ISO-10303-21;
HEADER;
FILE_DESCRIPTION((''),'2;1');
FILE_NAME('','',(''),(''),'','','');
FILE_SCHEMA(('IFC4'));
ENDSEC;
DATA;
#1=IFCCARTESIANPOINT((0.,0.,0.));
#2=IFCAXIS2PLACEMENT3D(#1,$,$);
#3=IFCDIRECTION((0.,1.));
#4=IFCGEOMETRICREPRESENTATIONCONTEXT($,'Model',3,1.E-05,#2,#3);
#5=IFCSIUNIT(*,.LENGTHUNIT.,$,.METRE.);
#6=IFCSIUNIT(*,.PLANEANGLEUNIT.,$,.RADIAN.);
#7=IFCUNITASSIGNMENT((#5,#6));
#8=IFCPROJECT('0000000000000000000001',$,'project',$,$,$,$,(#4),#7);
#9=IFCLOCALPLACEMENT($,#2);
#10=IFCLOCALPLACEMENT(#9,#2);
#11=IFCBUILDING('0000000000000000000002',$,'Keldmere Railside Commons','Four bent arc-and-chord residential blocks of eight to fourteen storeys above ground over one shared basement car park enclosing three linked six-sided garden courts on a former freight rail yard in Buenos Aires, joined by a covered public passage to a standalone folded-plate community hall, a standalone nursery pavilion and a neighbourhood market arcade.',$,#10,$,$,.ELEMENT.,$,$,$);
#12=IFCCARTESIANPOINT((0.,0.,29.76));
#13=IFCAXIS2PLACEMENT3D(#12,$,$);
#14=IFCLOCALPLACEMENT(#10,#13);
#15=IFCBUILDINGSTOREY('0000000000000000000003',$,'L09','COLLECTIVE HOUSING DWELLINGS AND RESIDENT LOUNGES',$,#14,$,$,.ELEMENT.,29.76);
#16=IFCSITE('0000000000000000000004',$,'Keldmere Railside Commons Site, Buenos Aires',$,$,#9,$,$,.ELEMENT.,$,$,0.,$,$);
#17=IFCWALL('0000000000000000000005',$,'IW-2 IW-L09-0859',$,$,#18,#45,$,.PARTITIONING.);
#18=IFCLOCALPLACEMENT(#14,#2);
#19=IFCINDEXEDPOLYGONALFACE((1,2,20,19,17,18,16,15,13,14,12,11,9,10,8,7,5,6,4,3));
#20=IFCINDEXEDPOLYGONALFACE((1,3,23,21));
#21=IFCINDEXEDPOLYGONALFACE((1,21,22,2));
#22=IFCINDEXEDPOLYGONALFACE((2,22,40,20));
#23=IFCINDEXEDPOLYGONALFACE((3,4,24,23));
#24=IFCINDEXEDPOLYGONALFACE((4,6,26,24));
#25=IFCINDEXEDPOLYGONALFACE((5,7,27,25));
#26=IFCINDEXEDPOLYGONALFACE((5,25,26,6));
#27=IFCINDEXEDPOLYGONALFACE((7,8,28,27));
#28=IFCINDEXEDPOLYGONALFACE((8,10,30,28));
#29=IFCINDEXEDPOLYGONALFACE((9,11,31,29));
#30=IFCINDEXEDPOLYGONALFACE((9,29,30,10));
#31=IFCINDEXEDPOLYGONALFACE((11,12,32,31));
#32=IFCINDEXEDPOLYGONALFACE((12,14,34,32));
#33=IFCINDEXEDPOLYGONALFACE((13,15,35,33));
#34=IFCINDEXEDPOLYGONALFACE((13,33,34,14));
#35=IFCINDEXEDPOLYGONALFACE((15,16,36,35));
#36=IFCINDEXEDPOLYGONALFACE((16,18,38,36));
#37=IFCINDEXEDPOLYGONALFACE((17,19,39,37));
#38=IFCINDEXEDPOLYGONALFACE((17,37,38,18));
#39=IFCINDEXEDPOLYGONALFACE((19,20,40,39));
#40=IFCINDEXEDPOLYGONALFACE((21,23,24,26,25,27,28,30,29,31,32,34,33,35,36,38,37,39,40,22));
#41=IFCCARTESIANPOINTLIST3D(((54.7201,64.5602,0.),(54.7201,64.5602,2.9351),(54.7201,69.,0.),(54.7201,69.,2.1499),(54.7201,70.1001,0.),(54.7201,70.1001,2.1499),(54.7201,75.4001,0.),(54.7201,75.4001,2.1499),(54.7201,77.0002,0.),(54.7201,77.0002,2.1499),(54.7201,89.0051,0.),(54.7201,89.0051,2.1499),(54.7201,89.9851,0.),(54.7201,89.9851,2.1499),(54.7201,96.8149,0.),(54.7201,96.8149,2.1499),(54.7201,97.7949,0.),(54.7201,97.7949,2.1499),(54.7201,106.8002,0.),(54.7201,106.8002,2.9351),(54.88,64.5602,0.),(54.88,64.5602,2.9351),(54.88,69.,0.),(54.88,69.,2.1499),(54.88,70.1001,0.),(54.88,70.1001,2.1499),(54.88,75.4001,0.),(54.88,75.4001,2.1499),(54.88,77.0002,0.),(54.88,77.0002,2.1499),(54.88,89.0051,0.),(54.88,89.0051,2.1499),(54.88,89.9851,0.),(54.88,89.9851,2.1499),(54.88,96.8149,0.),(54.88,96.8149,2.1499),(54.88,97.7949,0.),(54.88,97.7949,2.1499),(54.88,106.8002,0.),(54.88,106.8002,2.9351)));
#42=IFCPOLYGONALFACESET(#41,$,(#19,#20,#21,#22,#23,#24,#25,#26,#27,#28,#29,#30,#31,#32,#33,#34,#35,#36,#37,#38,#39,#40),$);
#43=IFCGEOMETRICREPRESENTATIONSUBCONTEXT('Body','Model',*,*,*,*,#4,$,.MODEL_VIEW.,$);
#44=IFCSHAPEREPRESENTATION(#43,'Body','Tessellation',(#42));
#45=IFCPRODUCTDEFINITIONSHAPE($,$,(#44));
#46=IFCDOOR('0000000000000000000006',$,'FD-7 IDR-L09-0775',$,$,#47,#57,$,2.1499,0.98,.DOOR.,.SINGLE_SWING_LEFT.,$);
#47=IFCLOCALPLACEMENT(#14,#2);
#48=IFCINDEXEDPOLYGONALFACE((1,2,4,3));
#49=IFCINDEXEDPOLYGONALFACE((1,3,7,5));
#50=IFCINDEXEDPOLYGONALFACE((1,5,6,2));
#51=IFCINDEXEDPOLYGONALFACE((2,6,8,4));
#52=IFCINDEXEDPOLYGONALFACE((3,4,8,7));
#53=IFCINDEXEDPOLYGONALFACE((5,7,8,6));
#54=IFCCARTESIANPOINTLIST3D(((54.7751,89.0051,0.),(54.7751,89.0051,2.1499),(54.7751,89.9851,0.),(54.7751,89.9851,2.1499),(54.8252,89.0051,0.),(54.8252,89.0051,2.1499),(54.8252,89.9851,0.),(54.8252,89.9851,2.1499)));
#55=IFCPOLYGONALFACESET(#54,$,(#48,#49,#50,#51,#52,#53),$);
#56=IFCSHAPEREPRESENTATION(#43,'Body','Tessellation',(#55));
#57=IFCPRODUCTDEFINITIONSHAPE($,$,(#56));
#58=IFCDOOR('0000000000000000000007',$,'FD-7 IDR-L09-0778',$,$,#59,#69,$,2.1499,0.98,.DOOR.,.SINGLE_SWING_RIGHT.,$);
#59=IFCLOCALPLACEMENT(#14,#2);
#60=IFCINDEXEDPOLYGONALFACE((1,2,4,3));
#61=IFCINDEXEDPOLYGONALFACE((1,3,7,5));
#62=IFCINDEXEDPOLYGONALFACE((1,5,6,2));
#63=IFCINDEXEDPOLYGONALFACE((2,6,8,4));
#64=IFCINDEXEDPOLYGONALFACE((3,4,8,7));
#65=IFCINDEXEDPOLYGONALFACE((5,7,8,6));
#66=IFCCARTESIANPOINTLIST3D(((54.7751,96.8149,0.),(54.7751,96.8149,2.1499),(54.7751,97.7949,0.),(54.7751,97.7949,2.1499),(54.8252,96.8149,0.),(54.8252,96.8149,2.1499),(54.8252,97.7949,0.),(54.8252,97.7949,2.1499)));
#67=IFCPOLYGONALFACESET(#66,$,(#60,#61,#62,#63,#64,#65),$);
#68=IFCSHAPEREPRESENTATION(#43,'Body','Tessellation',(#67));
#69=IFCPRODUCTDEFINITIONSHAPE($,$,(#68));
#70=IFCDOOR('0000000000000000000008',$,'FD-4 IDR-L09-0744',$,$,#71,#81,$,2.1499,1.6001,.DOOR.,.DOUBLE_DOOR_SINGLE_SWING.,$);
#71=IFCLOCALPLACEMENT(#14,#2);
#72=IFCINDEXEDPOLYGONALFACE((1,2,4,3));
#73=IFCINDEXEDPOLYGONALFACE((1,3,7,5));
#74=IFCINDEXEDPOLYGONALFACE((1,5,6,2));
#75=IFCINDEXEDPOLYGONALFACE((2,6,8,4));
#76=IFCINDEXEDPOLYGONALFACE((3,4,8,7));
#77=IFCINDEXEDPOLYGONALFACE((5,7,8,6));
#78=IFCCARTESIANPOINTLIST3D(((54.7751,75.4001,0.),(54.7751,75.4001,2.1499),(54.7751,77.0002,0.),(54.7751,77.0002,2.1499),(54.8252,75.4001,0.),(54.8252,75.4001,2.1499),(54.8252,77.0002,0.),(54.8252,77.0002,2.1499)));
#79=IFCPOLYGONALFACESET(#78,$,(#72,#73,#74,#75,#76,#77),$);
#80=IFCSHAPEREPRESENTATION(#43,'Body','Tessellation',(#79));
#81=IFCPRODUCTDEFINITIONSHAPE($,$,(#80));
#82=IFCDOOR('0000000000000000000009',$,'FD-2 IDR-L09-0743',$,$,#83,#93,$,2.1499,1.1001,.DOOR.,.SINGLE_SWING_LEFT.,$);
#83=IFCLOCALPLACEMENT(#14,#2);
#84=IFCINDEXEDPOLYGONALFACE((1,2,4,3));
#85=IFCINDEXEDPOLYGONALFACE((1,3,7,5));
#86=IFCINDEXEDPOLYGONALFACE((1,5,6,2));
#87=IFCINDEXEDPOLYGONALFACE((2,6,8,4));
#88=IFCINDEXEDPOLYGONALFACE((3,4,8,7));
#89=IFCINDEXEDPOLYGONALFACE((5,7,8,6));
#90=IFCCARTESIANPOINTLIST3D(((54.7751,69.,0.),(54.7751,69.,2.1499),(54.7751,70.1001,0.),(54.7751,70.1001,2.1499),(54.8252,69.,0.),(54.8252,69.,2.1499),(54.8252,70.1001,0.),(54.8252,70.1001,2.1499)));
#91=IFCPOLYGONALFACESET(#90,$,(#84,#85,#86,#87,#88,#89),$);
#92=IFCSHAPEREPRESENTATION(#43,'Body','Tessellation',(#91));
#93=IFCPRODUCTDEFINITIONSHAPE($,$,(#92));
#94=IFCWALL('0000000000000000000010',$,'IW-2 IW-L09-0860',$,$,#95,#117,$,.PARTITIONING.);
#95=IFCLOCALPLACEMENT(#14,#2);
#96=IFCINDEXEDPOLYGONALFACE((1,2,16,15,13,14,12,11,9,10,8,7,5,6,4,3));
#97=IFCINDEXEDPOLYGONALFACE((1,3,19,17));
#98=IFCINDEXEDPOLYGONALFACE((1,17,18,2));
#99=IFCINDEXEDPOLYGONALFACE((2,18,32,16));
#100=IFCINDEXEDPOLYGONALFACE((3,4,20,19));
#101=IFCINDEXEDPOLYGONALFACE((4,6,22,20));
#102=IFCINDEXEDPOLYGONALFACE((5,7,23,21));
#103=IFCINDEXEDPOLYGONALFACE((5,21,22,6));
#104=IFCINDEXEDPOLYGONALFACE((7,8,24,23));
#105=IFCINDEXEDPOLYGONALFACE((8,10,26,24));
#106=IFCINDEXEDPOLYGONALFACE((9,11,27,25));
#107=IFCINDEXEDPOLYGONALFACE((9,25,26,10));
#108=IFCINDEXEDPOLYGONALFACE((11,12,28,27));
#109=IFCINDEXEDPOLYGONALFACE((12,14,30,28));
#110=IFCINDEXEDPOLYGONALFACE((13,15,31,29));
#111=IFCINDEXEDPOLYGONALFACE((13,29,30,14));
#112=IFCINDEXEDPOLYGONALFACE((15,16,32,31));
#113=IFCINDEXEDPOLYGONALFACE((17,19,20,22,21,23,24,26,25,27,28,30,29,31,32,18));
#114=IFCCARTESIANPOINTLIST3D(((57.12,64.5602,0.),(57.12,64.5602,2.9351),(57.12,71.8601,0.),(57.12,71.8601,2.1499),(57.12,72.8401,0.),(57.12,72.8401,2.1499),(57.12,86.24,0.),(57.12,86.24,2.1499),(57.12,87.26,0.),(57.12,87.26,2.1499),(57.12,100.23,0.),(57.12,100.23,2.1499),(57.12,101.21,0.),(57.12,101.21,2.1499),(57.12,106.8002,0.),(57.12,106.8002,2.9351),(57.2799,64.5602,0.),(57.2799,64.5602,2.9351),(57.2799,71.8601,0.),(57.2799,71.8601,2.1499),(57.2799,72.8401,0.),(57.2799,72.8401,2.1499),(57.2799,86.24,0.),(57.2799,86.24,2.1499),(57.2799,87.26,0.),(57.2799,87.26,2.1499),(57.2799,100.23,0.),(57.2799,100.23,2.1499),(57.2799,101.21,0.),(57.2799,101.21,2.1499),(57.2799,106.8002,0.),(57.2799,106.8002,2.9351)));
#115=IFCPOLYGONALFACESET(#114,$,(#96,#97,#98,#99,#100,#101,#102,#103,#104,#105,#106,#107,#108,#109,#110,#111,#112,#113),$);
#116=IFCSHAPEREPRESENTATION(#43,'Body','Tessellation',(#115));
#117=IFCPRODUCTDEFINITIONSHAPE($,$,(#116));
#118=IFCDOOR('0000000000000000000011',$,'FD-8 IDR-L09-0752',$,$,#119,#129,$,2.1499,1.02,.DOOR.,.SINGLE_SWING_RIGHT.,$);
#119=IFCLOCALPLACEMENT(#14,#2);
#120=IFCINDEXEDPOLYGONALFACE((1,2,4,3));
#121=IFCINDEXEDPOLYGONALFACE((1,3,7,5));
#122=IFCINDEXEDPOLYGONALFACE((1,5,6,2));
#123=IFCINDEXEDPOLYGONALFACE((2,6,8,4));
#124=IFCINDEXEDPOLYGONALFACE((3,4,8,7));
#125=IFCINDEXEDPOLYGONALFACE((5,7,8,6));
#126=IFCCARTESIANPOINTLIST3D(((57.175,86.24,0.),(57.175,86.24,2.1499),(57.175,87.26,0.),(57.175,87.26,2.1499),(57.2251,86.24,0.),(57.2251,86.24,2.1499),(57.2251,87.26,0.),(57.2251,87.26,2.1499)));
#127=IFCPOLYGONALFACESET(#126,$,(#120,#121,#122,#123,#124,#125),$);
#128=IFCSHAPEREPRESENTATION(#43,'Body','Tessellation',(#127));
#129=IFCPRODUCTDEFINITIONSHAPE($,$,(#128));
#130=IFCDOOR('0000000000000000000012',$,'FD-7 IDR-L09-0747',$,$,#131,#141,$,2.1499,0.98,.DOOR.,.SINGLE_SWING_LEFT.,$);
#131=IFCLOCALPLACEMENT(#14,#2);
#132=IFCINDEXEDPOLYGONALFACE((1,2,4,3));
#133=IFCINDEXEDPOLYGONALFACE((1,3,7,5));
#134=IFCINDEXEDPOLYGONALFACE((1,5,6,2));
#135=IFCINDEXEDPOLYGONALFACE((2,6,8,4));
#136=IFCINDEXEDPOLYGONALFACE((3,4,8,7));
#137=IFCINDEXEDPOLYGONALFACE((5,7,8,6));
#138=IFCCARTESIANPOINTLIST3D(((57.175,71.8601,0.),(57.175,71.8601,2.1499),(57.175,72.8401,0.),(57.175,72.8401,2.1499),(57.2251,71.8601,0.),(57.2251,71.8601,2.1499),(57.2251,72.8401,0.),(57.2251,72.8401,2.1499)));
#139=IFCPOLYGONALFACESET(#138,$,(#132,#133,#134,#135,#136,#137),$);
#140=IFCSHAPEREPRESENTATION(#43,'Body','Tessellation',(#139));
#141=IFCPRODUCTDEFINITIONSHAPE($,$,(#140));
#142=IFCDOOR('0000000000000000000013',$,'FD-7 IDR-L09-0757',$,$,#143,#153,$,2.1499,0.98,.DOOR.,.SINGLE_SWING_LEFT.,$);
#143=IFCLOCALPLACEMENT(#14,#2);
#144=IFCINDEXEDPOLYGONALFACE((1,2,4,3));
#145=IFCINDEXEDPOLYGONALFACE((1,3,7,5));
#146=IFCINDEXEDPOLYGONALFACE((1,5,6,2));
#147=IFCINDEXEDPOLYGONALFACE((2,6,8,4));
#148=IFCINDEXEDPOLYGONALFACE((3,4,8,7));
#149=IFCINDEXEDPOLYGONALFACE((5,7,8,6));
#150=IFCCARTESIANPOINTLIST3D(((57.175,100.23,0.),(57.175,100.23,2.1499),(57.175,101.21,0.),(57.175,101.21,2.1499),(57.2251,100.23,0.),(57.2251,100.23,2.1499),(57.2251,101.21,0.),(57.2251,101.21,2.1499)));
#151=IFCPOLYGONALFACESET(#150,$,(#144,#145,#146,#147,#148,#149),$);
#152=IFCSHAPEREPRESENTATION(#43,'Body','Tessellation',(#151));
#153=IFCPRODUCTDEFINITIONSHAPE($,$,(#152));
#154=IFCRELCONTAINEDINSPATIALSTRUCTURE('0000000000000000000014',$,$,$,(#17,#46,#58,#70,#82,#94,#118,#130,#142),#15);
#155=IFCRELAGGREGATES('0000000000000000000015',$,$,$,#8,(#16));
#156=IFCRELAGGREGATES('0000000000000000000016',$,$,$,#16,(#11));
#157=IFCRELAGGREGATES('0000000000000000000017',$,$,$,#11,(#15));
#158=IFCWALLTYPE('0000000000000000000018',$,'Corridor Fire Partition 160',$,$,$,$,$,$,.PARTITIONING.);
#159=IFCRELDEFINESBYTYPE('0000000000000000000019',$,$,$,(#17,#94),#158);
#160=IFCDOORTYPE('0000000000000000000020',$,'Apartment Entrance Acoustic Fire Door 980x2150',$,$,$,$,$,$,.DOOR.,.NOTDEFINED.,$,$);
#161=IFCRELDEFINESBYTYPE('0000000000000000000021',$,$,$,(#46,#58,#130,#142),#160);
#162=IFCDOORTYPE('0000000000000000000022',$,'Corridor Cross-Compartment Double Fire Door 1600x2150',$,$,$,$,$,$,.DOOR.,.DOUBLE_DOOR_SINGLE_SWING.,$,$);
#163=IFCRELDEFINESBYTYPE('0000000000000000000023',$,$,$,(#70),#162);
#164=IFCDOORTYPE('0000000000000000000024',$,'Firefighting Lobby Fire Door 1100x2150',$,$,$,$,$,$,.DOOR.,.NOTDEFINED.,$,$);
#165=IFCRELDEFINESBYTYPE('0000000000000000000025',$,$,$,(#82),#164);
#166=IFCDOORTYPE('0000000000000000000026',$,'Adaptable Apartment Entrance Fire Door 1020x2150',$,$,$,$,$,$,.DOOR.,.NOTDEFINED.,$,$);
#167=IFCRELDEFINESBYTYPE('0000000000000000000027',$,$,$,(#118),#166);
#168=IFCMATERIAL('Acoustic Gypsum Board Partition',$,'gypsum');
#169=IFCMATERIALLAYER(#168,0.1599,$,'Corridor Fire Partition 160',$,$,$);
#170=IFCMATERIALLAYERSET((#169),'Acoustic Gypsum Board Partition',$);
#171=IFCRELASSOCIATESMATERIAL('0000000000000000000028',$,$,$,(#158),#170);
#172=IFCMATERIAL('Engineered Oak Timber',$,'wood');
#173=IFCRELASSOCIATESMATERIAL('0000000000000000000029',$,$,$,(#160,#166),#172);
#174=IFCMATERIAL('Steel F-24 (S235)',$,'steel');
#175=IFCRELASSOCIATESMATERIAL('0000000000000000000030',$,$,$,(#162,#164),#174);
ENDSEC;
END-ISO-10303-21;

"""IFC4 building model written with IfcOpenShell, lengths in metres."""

from ifc_helpers import new_model, si_unit, direction, frame, frame_2d, origin, place, context, subcontext, project, spatial, rectangle, extrude, material, layer, layer_set, type_object, element, fill, save


model = new_model("IFC4")

# Units and contexts
model_context = context("Model", 3, precision=1e-05, world=origin(), true_north=direction((0.0, 1.0)))
body_context = subcontext(model_context, "Body", "Model", "MODEL_VIEW")
ifc_project = project(units=[si_unit("LENGTHUNIT", "METRE"), si_unit("PLANEANGLEUNIT", "RADIAN")], contexts=[model_context])

# Site, building, storey
site_placement = place(None, origin())
site = spatial("IfcSite", under=ifc_project, at=site_placement, Name="Keldmere Railside Commons Site, Buenos Aires", CompositionType="ELEMENT", RefElevation=0.0)
building_placement = place(site_placement, origin())
building = spatial("IfcBuilding", under=site, at=building_placement, Name="Keldmere Railside Commons", Description="Four bent arc-and-chord residential blocks of eight to fourteen storeys above ground over one shared basement car park enclosing three linked six-sided garden courts on a former freight rail yard in Buenos Aires, joined by a covered public passage to a standalone folded-plate community hall, a standalone nursery pavilion and a neighbourhood market arcade.", CompositionType="ELEMENT")
storey_placement = place(building_placement, frame((0.0, 0.0, 29.76)))
storey = spatial("IfcBuildingStorey", under=building, at=storey_placement, Name="L09", Description="COLLECTIVE HOUSING DWELLINGS AND RESIDENT LOUNGES", CompositionType="ELEMENT", Elevation=29.76)

# Shared definitions
ifc_material_1 = material(Name="Acoustic Gypsum Board Partition", Category="gypsum")
ifc_material_2 = material(Name="Engineered Oak Timber", Category="wood")

# Walls, openings, doors
ifc_layer_1 = layer(ifc_material_1, 0.1599, Name="Corridor Fire Partition 160")
ifc_layer_set_1 = layer_set([ifc_layer_1], Name="Acoustic Gypsum Board Partition")
wall_type_1 = type_object("IfcWallType", Name="Corridor Fire Partition 160", PredefinedType="PARTITIONING", material=ifc_layer_set_1)
wall_1_placement = place(storey_placement, frame((54.8, 64.5601, 0.0), z_axis=(0.0, 0.0, 1.0), x_axis=(0.0, 1.0, 0.0)))
wall_1 = element("IfcWall", 1, at=wall_1_placement, inside=storey, type_object=wall_type_1, Name="IW-2 IW-L09-0859", PredefinedType="PARTITIONING", context=body_context, shape_type="SweptSolid", body=[
    extrude(rectangle(XDim=42.24, YDim=0.1599, at=frame_2d((21.1201, 0.0))), origin(), (0.0, 0.0, 1.0), 2.9351),
])
opening_1_placement = place(wall_1_placement, frame((4.4399, 0.0, 0.0)))
opening_1 = element("IfcOpeningElement", 2, at=opening_1_placement, cuts=wall_1, PredefinedType="OPENING", context=body_context, shape_type="SweptSolid", body=[
    extrude(rectangle(XDim=1.1001, YDim=2.1499, at=frame_2d((0.55, 1.075))), frame((0.0, 0.0898, 0.0), z_axis=(0.0, -1.0, 0.0), x_axis=(1.0, 0.0, 0.0)), (0.0, 0.0, 1.0), 0.1799),
])
opening_2_placement = place(wall_1_placement, frame((10.8401, 0.0, 0.0)))
opening_2 = element("IfcOpeningElement", 3, at=opening_2_placement, cuts=wall_1, PredefinedType="OPENING", context=body_context, shape_type="SweptSolid", body=[
    extrude(rectangle(XDim=1.6001, YDim=2.1499, at=frame_2d((0.8, 1.075))), frame((0.0, 0.0898, 0.0), z_axis=(0.0, -1.0, 0.0), x_axis=(1.0, 0.0, 0.0)), (0.0, 0.0, 1.0), 0.1799),
])
opening_3_placement = place(wall_1_placement, frame((24.4451, 0.0, 0.0)))
opening_3 = element("IfcOpeningElement", 4, at=opening_3_placement, cuts=wall_1, PredefinedType="OPENING", context=body_context, shape_type="SweptSolid", body=[
    extrude(rectangle(XDim=0.98, YDim=2.1499, at=frame_2d((0.49, 1.075))), frame((0.0, 0.0898, 0.0), z_axis=(0.0, -1.0, 0.0), x_axis=(1.0, 0.0, 0.0)), (0.0, 0.0, 1.0), 0.1799),
])
opening_4_placement = place(wall_1_placement, frame((32.2549, 0.0, 0.0)))
opening_4 = element("IfcOpeningElement", 5, at=opening_4_placement, cuts=wall_1, PredefinedType="OPENING", context=body_context, shape_type="SweptSolid", body=[
    extrude(rectangle(XDim=0.98, YDim=2.1499, at=frame_2d((0.49, 1.075))), frame((0.0, 0.0898, 0.0), z_axis=(0.0, -1.0, 0.0), x_axis=(1.0, 0.0, 0.0)), (0.0, 0.0, 1.0), 0.1799),
])
door_type_1 = type_object("IfcDoorType", Name="Apartment Entrance Acoustic Fire Door 980x2150", OperationType="NOTDEFINED", PredefinedType="DOOR", material=ifc_material_2)
door_1_placement = place(opening_3_placement, origin())
door_1 = element("IfcDoor", 6, at=door_1_placement, inside=storey, type_object=door_type_1, Name="FD-7 IDR-L09-0775", OperationType="SINGLE_SWING_LEFT", OverallHeight=2.1499, OverallWidth=0.98, PredefinedType="DOOR", context=body_context, shape_type="SweptSolid", body=[
    extrude(rectangle(XDim=0.98, YDim=2.1499, at=frame_2d((0.49, 1.075))), frame((0.0, 0.0249, 0.0), z_axis=(0.0, -1.0, 0.0), x_axis=(1.0, 0.0, 0.0)), (0.0, 0.0, 1.0), 0.05),
])
fill(opening_3, door_1)
door_2_placement = place(opening_4_placement, origin())
door_2 = element("IfcDoor", 7, at=door_2_placement, inside=storey, type_object=door_type_1, Name="FD-7 IDR-L09-0778", OperationType="SINGLE_SWING_RIGHT", OverallHeight=2.1499, OverallWidth=0.98, PredefinedType="DOOR", context=body_context, shape_type="SweptSolid", body=[
    extrude(rectangle(XDim=0.98, YDim=2.1499, at=frame_2d((0.49, 1.075))), frame((0.0, 0.0249, 0.0), z_axis=(0.0, -1.0, 0.0), x_axis=(1.0, 0.0, 0.0)), (0.0, 0.0, 1.0), 0.05),
])
fill(opening_4, door_2)
ifc_material_3 = material(Name="Steel F-24 (S235)", Category="steel")
door_type_2 = type_object("IfcDoorType", Name="Corridor Cross-Compartment Double Fire Door 1600x2150", OperationType="DOUBLE_DOOR_SINGLE_SWING", PredefinedType="DOOR", material=ifc_material_3)
door_3_placement = place(opening_2_placement, origin())
door_3 = element("IfcDoor", 8, at=door_3_placement, inside=storey, type_object=door_type_2, Name="FD-4 IDR-L09-0744", OperationType="DOUBLE_DOOR_SINGLE_SWING", OverallHeight=2.1499, OverallWidth=1.6001, PredefinedType="DOOR", context=body_context, shape_type="SweptSolid", body=[
    extrude(rectangle(XDim=1.6001, YDim=2.1499, at=frame_2d((0.8, 1.075))), frame((0.0, 0.0249, 0.0), z_axis=(0.0, -1.0, 0.0), x_axis=(1.0, 0.0, 0.0)), (0.0, 0.0, 1.0), 0.05),
])
fill(opening_2, door_3)
door_type_3 = type_object("IfcDoorType", Name="Firefighting Lobby Fire Door 1100x2150", OperationType="NOTDEFINED", PredefinedType="DOOR", material=ifc_material_3)
door_4_placement = place(opening_1_placement, origin())
door_4 = element("IfcDoor", 9, at=door_4_placement, inside=storey, type_object=door_type_3, Name="FD-2 IDR-L09-0743", OperationType="SINGLE_SWING_LEFT", OverallHeight=2.1499, OverallWidth=1.1001, PredefinedType="DOOR", context=body_context, shape_type="SweptSolid", body=[
    extrude(rectangle(XDim=1.1001, YDim=2.1499, at=frame_2d((0.55, 1.075))), frame((0.0, 0.0249, 0.0), z_axis=(0.0, -1.0, 0.0), x_axis=(1.0, 0.0, 0.0)), (0.0, 0.0, 1.0), 0.05),
])
fill(opening_1, door_4)
wall_2_placement = place(storey_placement, frame((57.2, 64.5601, 0.0), z_axis=(0.0, 0.0, 1.0), x_axis=(0.0, 1.0, 0.0)))
wall_2 = element("IfcWall", 10, at=wall_2_placement, inside=storey, type_object=wall_type_1, Name="IW-2 IW-L09-0860", PredefinedType="PARTITIONING", context=body_context, shape_type="SweptSolid", body=[
    extrude(rectangle(XDim=42.24, YDim=0.1599, at=frame_2d((21.1201, 0.0))), origin(), (0.0, 0.0, 1.0), 2.9351),
])
opening_5_placement = place(wall_2_placement, frame((7.3, 0.0, 0.0)))
opening_5 = element("IfcOpeningElement", 11, at=opening_5_placement, cuts=wall_2, PredefinedType="OPENING", context=body_context, shape_type="SweptSolid", body=[
    extrude(rectangle(XDim=0.98, YDim=2.1499, at=frame_2d((0.49, 1.075))), frame((0.0, 0.0898, 0.0), z_axis=(0.0, -1.0, 0.0), x_axis=(1.0, 0.0, 0.0)), (0.0, 0.0, 1.0), 0.1799),
])
opening_6_placement = place(wall_2_placement, frame((21.6799, 0.0, 0.0)))
opening_6 = element("IfcOpeningElement", 12, at=opening_6_placement, cuts=wall_2, PredefinedType="OPENING", context=body_context, shape_type="SweptSolid", body=[
    extrude(rectangle(XDim=1.02, YDim=2.1499, at=frame_2d((0.51, 1.075))), frame((0.0, 0.0898, 0.0), z_axis=(0.0, -1.0, 0.0), x_axis=(1.0, 0.0, 0.0)), (0.0, 0.0, 1.0), 0.1799),
])
opening_7_placement = place(wall_2_placement, frame((35.6699, 0.0, 0.0)))
opening_7 = element("IfcOpeningElement", 13, at=opening_7_placement, cuts=wall_2, PredefinedType="OPENING", context=body_context, shape_type="SweptSolid", body=[
    extrude(rectangle(XDim=0.98, YDim=2.1499, at=frame_2d((0.49, 1.075))), frame((0.0, 0.0898, 0.0), z_axis=(0.0, -1.0, 0.0), x_axis=(1.0, 0.0, 0.0)), (0.0, 0.0, 1.0), 0.1799),
])
door_type_4 = type_object("IfcDoorType", Name="Adaptable Apartment Entrance Fire Door 1020x2150", OperationType="NOTDEFINED", PredefinedType="DOOR", material=ifc_material_2)
door_5_placement = place(opening_6_placement, origin())
door_5 = element("IfcDoor", 14, at=door_5_placement, inside=storey, type_object=door_type_4, Name="FD-8 IDR-L09-0752", OperationType="SINGLE_SWING_RIGHT", OverallHeight=2.1499, OverallWidth=1.02, PredefinedType="DOOR", context=body_context, shape_type="SweptSolid", body=[
    extrude(rectangle(XDim=1.02, YDim=2.1499, at=frame_2d((0.51, 1.075))), frame((0.0, 0.0249, 0.0), z_axis=(0.0, -1.0, 0.0), x_axis=(1.0, 0.0, 0.0)), (0.0, 0.0, 1.0), 0.05),
])
fill(opening_6, door_5)
door_6_placement = place(opening_5_placement, origin())
door_6 = element("IfcDoor", 15, at=door_6_placement, inside=storey, type_object=door_type_1, Name="FD-7 IDR-L09-0747", OperationType="SINGLE_SWING_LEFT", OverallHeight=2.1499, OverallWidth=0.98, PredefinedType="DOOR", context=body_context, shape_type="SweptSolid", body=[
    extrude(rectangle(XDim=0.98, YDim=2.1499, at=frame_2d((0.49, 1.075))), frame((0.0, 0.0249, 0.0), z_axis=(0.0, -1.0, 0.0), x_axis=(1.0, 0.0, 0.0)), (0.0, 0.0, 1.0), 0.05),
])
fill(opening_5, door_6)
door_7_placement = place(opening_7_placement, origin())
door_7 = element("IfcDoor", 16, at=door_7_placement, inside=storey, type_object=door_type_1, Name="FD-7 IDR-L09-0757", OperationType="SINGLE_SWING_LEFT", OverallHeight=2.1499, OverallWidth=0.98, PredefinedType="DOOR", context=body_context, shape_type="SweptSolid", body=[
    extrude(rectangle(XDim=0.98, YDim=2.1499, at=frame_2d((0.49, 1.075))), frame((0.0, 0.0249, 0.0), z_axis=(0.0, -1.0, 0.0), x_axis=(1.0, 0.0, 0.0)), (0.0, 0.0, 1.0), 0.05),
])
fill(opening_7, door_7)

save(model, "model.ifc")
